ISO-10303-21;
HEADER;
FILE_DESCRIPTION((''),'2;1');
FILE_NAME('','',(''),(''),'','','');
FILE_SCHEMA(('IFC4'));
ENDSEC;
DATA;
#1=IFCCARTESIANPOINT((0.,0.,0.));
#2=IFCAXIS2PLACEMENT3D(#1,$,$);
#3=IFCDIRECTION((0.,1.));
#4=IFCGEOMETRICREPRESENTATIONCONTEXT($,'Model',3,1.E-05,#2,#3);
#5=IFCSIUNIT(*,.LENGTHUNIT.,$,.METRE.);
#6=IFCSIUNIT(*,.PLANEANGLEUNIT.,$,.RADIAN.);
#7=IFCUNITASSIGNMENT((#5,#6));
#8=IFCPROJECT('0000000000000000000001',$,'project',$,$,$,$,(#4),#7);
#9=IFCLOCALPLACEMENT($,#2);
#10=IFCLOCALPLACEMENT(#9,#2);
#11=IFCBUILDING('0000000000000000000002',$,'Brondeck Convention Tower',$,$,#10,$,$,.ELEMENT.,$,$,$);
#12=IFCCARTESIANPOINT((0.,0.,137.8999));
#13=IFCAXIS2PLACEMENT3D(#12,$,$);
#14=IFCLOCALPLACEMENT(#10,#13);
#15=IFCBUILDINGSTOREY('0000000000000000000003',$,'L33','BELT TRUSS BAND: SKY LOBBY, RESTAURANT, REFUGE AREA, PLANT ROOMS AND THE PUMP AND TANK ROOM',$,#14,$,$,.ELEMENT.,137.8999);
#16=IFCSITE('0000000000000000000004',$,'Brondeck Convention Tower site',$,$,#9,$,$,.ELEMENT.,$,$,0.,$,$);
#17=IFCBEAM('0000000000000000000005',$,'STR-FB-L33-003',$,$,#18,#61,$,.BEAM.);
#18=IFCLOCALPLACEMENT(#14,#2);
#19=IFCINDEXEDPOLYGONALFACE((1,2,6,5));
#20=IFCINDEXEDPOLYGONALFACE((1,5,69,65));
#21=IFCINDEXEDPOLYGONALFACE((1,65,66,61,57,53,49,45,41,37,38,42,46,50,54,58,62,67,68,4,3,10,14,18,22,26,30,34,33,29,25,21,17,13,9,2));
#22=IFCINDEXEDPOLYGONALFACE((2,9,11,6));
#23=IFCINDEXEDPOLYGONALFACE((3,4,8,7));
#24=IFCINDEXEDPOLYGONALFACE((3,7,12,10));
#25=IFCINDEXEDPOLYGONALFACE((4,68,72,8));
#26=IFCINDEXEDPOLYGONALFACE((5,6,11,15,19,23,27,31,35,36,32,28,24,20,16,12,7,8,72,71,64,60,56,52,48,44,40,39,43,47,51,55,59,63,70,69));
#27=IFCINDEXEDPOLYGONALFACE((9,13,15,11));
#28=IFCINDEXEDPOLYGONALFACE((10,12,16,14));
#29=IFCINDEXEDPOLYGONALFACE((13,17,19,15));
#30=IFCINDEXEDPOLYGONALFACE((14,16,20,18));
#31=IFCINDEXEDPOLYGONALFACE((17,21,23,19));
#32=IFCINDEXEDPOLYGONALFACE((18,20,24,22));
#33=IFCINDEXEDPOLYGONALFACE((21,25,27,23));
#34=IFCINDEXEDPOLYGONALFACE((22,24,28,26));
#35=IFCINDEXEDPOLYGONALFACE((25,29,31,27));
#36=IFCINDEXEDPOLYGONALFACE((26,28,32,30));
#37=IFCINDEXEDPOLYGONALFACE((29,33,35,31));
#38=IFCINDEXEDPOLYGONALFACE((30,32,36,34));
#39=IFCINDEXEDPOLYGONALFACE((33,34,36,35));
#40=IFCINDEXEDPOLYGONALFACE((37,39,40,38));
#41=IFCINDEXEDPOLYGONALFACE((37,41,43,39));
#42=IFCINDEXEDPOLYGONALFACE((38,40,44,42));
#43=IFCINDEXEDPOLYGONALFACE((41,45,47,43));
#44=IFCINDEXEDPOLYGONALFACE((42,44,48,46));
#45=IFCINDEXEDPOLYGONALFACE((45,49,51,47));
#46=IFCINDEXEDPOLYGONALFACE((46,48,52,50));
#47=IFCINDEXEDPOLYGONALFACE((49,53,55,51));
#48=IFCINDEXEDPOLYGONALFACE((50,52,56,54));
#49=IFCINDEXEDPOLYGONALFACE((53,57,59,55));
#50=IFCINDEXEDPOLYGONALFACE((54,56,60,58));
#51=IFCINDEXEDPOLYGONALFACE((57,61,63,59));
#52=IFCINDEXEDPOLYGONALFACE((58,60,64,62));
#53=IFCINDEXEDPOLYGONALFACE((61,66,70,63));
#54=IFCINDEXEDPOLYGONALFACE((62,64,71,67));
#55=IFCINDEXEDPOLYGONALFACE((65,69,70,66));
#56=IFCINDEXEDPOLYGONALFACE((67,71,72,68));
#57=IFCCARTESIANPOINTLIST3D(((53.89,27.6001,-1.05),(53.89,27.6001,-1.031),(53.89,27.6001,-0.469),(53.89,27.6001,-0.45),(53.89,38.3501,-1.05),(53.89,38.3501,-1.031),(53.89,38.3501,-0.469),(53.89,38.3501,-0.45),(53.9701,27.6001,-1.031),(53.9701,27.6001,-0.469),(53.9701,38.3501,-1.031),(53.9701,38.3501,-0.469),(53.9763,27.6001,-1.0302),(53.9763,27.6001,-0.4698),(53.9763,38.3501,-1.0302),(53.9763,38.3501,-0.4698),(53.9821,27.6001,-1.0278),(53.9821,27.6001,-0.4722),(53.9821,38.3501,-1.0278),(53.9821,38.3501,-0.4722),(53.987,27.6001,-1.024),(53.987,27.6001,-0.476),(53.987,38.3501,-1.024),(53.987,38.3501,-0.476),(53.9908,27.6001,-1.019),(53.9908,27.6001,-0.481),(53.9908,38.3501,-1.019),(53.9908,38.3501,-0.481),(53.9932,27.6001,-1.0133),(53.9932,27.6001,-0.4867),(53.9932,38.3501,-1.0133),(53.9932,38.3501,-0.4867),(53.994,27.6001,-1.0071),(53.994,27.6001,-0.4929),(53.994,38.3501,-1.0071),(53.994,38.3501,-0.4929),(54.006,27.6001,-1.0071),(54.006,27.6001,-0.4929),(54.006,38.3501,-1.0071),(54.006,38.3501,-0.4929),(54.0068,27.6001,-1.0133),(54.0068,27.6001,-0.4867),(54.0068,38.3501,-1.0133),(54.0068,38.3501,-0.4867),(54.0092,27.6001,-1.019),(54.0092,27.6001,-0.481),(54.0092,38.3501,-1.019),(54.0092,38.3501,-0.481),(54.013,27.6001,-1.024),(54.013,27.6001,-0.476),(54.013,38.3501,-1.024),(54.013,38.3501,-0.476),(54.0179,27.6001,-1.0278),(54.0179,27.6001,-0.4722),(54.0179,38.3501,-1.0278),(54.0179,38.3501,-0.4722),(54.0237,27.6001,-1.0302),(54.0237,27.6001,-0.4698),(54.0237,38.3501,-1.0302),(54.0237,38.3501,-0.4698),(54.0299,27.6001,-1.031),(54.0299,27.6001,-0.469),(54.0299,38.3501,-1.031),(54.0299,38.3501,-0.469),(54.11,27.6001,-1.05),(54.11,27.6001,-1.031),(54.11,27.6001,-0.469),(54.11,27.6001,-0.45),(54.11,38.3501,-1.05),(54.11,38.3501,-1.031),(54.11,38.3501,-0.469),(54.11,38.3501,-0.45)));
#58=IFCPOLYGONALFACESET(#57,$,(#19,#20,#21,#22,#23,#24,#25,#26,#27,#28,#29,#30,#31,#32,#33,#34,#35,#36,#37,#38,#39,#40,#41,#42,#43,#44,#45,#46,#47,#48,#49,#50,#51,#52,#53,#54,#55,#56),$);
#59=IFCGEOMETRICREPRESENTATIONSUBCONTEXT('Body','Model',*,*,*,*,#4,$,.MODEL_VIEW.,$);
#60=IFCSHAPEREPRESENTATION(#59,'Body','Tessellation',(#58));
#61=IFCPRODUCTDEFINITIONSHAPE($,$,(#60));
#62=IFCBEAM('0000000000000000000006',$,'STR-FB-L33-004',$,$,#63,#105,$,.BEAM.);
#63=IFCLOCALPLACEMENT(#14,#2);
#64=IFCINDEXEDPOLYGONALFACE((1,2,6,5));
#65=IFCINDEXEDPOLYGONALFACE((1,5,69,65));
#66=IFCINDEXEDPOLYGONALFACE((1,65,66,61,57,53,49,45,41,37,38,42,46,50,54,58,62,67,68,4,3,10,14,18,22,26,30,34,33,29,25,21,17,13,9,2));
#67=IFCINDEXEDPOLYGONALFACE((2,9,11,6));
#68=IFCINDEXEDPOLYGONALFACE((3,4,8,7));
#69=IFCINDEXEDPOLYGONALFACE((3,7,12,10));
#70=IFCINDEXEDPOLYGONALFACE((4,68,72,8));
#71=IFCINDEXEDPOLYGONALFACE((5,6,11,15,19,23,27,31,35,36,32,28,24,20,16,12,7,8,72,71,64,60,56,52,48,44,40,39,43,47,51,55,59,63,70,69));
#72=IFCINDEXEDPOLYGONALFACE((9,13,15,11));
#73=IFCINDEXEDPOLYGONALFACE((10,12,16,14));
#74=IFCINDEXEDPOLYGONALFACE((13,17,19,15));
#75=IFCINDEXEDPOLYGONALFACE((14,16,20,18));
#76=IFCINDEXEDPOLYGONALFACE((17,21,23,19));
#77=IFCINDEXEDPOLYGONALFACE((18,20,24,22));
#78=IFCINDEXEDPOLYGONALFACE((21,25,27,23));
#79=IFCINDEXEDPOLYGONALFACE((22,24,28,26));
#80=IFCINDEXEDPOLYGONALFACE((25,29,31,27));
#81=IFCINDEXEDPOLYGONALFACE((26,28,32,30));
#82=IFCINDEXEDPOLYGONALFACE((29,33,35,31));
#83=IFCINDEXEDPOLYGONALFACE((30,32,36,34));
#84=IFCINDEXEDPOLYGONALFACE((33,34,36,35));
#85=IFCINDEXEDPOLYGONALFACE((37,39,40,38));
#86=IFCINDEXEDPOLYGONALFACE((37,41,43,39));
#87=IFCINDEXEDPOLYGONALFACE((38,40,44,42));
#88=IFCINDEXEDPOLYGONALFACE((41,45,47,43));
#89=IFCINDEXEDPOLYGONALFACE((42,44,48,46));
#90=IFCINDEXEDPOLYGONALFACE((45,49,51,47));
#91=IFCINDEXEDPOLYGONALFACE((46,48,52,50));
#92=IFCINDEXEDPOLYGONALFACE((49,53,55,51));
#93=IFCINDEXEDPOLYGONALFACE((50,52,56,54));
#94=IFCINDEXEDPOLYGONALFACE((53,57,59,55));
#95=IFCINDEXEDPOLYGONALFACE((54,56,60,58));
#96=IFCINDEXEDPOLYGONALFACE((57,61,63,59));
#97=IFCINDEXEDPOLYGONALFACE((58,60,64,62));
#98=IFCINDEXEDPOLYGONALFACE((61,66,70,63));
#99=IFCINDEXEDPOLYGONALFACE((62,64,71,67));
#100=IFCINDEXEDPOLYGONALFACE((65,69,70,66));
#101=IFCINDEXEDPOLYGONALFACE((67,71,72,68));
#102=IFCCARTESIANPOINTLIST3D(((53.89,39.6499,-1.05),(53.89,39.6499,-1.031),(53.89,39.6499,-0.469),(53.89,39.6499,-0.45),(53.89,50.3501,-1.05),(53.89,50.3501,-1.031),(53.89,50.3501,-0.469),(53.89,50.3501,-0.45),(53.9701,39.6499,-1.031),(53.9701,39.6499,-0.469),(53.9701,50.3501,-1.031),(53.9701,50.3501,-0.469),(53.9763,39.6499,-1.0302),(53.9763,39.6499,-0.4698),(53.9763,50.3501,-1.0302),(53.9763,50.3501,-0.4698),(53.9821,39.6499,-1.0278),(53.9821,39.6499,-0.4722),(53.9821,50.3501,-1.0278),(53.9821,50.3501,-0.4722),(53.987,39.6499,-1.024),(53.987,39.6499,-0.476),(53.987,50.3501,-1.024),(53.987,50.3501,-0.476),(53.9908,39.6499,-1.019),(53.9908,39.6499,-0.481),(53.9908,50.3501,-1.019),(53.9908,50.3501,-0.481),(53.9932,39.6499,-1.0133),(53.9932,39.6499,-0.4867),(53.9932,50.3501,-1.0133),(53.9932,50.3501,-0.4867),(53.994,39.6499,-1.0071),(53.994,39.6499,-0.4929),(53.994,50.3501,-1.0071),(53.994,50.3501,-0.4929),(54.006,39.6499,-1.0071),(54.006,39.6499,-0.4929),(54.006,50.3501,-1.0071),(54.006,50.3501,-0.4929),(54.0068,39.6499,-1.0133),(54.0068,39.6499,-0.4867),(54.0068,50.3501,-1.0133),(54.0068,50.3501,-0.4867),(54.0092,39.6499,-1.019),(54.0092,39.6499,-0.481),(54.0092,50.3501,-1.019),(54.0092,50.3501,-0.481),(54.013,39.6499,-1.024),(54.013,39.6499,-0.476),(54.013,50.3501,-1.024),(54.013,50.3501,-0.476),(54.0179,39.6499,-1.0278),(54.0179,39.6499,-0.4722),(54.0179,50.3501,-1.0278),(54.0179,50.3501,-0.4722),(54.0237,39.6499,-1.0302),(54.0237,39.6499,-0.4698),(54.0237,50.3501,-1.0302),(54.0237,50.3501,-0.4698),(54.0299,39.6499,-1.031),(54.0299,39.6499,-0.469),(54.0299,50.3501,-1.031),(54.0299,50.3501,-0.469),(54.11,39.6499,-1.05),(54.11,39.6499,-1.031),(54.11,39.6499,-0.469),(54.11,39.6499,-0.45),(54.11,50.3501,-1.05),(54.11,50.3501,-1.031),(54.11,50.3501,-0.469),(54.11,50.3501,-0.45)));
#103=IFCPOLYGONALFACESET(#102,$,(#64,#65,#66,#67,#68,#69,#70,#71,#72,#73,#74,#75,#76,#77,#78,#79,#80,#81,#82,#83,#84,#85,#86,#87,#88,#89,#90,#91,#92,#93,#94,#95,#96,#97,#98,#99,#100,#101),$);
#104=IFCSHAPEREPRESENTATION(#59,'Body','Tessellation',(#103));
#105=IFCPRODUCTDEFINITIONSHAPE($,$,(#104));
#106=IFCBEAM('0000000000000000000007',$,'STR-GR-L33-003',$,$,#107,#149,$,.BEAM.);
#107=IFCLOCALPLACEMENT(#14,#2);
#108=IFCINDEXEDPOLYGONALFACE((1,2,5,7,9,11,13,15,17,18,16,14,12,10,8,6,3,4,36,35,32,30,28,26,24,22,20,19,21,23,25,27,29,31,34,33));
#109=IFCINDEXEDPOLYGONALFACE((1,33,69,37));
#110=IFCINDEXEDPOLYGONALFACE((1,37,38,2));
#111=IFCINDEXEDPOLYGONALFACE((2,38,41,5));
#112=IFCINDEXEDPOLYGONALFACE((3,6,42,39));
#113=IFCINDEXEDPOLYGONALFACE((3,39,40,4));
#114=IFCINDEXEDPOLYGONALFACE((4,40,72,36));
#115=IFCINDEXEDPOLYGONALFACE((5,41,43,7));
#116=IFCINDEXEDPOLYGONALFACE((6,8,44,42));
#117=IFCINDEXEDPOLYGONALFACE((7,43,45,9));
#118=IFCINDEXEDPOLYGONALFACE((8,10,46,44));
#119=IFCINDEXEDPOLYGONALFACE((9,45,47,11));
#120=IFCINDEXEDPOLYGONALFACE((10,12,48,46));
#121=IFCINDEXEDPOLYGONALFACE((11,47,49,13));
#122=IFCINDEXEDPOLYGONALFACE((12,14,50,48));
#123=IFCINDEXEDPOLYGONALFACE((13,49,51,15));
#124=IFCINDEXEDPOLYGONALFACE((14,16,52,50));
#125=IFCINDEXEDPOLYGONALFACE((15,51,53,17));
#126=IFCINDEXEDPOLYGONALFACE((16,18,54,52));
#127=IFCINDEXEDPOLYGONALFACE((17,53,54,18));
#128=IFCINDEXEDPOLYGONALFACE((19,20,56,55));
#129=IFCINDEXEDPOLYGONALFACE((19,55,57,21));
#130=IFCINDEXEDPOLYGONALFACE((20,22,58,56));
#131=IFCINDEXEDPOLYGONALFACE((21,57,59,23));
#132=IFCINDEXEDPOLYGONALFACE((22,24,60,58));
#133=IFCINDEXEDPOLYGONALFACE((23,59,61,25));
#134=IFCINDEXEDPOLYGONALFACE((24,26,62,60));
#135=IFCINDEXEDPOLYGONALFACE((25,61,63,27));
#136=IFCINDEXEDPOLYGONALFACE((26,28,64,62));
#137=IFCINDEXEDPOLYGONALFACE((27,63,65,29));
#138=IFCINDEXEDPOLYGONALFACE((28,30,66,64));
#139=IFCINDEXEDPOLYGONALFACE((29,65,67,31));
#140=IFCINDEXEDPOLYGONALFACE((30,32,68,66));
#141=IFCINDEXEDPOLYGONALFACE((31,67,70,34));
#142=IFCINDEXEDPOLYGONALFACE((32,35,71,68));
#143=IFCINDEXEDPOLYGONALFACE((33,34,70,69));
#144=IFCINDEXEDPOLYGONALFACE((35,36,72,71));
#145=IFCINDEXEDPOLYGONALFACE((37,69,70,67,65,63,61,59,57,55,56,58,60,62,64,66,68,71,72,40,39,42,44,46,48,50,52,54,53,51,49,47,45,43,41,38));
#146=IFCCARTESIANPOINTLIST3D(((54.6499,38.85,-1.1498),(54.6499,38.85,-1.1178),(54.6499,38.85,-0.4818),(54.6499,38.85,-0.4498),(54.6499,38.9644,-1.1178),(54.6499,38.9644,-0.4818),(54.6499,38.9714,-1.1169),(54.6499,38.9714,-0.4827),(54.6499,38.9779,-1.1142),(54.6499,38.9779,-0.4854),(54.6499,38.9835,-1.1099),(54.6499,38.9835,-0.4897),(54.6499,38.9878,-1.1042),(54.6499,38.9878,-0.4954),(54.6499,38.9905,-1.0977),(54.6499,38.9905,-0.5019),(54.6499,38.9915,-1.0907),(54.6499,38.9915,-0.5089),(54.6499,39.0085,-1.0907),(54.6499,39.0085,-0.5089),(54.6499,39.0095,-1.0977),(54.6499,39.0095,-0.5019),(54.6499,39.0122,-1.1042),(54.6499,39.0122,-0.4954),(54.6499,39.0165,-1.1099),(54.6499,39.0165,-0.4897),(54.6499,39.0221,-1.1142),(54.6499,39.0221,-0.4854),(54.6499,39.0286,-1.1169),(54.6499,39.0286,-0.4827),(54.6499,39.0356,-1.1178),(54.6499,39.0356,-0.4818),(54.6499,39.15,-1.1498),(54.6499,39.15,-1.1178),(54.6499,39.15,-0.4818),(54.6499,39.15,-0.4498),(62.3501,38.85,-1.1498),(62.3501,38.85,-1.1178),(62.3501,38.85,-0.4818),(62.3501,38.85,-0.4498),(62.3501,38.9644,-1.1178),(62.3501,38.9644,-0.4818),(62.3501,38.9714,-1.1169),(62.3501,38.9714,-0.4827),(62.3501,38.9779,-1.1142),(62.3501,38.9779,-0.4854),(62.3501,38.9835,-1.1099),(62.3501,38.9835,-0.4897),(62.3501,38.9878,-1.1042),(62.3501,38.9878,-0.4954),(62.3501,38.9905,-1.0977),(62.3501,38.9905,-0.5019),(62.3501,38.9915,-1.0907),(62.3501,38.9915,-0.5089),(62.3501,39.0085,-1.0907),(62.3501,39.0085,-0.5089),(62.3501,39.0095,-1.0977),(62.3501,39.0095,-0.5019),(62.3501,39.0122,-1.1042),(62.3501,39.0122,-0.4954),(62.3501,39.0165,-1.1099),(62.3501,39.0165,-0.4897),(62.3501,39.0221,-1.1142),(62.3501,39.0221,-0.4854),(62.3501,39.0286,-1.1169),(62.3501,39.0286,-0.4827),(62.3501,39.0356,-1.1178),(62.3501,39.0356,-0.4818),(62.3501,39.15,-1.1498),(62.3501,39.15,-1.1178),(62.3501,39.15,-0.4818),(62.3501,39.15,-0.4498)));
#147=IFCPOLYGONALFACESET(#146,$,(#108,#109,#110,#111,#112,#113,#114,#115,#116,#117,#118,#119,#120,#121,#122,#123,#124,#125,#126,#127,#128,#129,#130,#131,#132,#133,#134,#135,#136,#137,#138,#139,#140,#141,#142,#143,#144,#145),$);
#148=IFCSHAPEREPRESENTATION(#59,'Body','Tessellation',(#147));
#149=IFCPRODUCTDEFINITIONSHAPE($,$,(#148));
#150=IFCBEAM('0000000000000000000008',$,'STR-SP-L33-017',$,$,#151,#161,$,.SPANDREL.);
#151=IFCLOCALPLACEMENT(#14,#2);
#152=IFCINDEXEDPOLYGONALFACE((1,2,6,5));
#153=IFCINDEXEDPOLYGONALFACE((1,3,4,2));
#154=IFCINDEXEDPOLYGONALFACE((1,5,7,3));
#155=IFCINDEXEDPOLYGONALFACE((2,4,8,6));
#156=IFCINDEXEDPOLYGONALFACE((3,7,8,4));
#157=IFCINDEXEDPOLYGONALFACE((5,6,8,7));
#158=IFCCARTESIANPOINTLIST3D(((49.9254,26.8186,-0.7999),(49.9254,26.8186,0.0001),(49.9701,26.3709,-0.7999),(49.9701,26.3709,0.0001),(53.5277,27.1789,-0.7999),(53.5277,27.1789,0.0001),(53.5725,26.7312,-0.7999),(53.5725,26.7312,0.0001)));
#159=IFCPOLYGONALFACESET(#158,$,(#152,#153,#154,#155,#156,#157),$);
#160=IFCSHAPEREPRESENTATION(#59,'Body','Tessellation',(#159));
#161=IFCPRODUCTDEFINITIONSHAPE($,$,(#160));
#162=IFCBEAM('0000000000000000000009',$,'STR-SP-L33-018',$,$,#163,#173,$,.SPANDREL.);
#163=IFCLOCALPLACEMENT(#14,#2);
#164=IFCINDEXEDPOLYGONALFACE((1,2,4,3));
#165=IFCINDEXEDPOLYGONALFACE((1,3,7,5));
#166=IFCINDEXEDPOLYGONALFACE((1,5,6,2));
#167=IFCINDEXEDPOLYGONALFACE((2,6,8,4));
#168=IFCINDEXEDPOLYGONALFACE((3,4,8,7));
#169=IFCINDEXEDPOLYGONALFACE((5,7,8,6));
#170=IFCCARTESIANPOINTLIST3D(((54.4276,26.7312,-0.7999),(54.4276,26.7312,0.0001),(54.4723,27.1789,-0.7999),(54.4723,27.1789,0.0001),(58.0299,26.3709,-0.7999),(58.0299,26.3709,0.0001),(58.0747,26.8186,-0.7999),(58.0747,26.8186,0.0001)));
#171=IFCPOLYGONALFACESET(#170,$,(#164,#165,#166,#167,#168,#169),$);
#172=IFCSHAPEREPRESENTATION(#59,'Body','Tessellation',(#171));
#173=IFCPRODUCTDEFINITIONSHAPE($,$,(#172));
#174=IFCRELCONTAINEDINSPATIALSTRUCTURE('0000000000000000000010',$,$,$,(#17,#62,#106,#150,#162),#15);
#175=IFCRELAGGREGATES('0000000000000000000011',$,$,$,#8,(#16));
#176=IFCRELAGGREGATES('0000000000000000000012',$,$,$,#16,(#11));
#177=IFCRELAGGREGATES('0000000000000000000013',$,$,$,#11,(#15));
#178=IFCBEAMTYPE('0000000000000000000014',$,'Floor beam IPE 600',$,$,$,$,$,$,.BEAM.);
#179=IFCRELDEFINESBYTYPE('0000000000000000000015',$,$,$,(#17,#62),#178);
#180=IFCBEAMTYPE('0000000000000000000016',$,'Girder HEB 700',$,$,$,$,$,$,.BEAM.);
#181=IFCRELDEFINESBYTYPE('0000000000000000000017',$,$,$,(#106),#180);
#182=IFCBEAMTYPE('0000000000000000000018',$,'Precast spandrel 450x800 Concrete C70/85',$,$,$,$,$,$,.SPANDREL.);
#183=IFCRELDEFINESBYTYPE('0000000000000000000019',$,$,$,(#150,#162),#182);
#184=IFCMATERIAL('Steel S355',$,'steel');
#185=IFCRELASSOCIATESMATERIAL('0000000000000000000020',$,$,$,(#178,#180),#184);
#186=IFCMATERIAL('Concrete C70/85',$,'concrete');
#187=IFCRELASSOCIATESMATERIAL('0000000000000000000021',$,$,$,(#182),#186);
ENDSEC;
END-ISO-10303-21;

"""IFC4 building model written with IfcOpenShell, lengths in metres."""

from ifc_helpers import new_model, si_unit, direction, frame, origin, origin_2d, place, context, subcontext, project, spatial, rectangle, i_section, extrude, material, material_profile, profile_set, type_object, element, save


model = new_model("IFC4")

# Units and contexts
model_context = context("Model", 3, precision=1e-05, world=origin(), true_north=direction((0.0, 1.0)))
body_context = subcontext(model_context, "Body", "Model", "MODEL_VIEW")
ifc_project = project(units=[si_unit("LENGTHUNIT", "METRE"), si_unit("PLANEANGLEUNIT", "RADIAN")], contexts=[model_context])

# Site, building, storey
site_placement = place(None, origin())
site = spatial("IfcSite", under=ifc_project, at=site_placement, Name="Brondeck Convention Tower site", CompositionType="ELEMENT", RefElevation=0.0)
building_placement = place(site_placement, origin())
building = spatial("IfcBuilding", under=site, at=building_placement, Name="Brondeck Convention Tower", CompositionType="ELEMENT")
storey_placement = place(building_placement, frame((0.0, 0.0, 137.8999)))
storey = spatial("IfcBuildingStorey", under=building, at=storey_placement, Name="L33", Description="BELT TRUSS BAND: SKY LOBBY, RESTAURANT, REFUGE AREA, PLANT ROOMS AND THE PUMP AND TANK ROOM", CompositionType="ELEMENT", Elevation=137.8999)

# Shared definitions
ifc_material_1 = material(Name="Concrete C70/85", Category="concrete")

# Beams
ifc_material_2 = material(Name="Steel S355", Category="steel")
ifc_material_profile_1 = material_profile(ifc_material_2, i_section(OverallWidth=0.22, OverallDepth=0.6001, WebThickness=0.012, FlangeThickness=0.019, FilletRadius=0.0239, at=origin_2d()), Name="IPE 600")
ifc_profile_set_1 = profile_set([ifc_material_profile_1], Name="Steel S355")
beam_type_1 = type_object("IfcBeamType", Name="Floor beam IPE 600", PredefinedType="BEAM", material=ifc_profile_set_1)
beam_1_placement = place(storey_placement, frame((54.0, 27.6001, -0.75), z_axis=(0.0, 1.0, 0.0), x_axis=(-1.0, 0.0, 0.0)))
element("IfcBeam", 1, at=beam_1_placement, inside=storey, type_object=beam_type_1, Name="STR-FB-L33-003", PredefinedType="BEAM", context=body_context, shape_type="SweptSolid", body=[
    extrude(i_section(OverallWidth=0.22, OverallDepth=0.6001, WebThickness=0.012, FlangeThickness=0.019, FilletRadius=0.0239, at=origin_2d()), origin(), (0.0, 0.0, 1.0), 10.75),
])
beam_2_placement = place(storey_placement, frame((54.0, 39.6499, -0.75), z_axis=(0.0, 1.0, 0.0), x_axis=(-1.0, 0.0, 0.0)))
element("IfcBeam", 2, at=beam_2_placement, inside=storey, type_object=beam_type_1, Name="STR-FB-L33-004", PredefinedType="BEAM", context=body_context, shape_type="SweptSolid", body=[
    extrude(i_section(OverallWidth=0.22, OverallDepth=0.6001, WebThickness=0.012, FlangeThickness=0.019, FilletRadius=0.0239, at=origin_2d()), origin(), (0.0, 0.0, 1.0), 10.7002),
])
ifc_material_profile_2 = material_profile(ifc_material_2, i_section(OverallWidth=0.3, OverallDepth=0.7, WebThickness=0.0171, FlangeThickness=0.032, FilletRadius=0.0271, at=origin_2d()), Name="HEB 700")
ifc_profile_set_2 = profile_set([ifc_material_profile_2], Name="Steel S355")
beam_type_2 = type_object("IfcBeamType", Name="Girder HEB 700", PredefinedType="BEAM", material=ifc_profile_set_2)
beam_3_placement = place(storey_placement, frame((54.6499, 39.0, -0.7998), z_axis=(1.0, 0.0, 0.0), x_axis=(0.0, 1.0, 0.0)))
element("IfcBeam", 3, at=beam_3_placement, inside=storey, type_object=beam_type_2, Name="STR-GR-L33-003", PredefinedType="BEAM", context=body_context, shape_type="SweptSolid", body=[
    extrude(i_section(OverallWidth=0.3, OverallDepth=0.7, WebThickness=0.0171, FlangeThickness=0.032, FilletRadius=0.0271, at=origin_2d()), origin(), (0.0, 0.0, 1.0), 7.7002),
])
ifc_material_profile_3 = material_profile(ifc_material_1, rectangle(XDim=0.45, YDim=0.8, at=origin_2d()), Name="Precast spandrel 450x800 Concrete C70/85")
ifc_profile_set_3 = profile_set([ifc_material_profile_3], Name="Concrete C70/85")
beam_type_3 = type_object("IfcBeamType", Name="Precast spandrel 450x800 Concrete C70/85", PredefinedType="SPANDREL", material=ifc_profile_set_3)
for number, where, z_axis, x_axis, name in (
    (4, (49.9478, 26.5947, -0.3999), (0.995034, 0.099537, 0.0), (-0.099537, 0.995034, 0.0), "STR-SP-L33-017"),
    (5, (54.45, 26.9551, -0.3999), (0.995034, -0.099537, 0.0), (0.099537, 0.995034, 0.0), "STR-SP-L33-018"),
):
    element("IfcBeam", number, at=place(storey_placement, frame(where, z_axis=z_axis, x_axis=x_axis)), inside=storey, type_object=beam_type_3, Name=name, PredefinedType="SPANDREL", context=body_context, shape_type="SweptSolid", body=[
        extrude(rectangle(XDim=0.45, YDim=0.8, at=origin_2d()), origin(), (0.0, 0.0, 1.0), 3.6204),
    ])

save(model, "model.ifc")
